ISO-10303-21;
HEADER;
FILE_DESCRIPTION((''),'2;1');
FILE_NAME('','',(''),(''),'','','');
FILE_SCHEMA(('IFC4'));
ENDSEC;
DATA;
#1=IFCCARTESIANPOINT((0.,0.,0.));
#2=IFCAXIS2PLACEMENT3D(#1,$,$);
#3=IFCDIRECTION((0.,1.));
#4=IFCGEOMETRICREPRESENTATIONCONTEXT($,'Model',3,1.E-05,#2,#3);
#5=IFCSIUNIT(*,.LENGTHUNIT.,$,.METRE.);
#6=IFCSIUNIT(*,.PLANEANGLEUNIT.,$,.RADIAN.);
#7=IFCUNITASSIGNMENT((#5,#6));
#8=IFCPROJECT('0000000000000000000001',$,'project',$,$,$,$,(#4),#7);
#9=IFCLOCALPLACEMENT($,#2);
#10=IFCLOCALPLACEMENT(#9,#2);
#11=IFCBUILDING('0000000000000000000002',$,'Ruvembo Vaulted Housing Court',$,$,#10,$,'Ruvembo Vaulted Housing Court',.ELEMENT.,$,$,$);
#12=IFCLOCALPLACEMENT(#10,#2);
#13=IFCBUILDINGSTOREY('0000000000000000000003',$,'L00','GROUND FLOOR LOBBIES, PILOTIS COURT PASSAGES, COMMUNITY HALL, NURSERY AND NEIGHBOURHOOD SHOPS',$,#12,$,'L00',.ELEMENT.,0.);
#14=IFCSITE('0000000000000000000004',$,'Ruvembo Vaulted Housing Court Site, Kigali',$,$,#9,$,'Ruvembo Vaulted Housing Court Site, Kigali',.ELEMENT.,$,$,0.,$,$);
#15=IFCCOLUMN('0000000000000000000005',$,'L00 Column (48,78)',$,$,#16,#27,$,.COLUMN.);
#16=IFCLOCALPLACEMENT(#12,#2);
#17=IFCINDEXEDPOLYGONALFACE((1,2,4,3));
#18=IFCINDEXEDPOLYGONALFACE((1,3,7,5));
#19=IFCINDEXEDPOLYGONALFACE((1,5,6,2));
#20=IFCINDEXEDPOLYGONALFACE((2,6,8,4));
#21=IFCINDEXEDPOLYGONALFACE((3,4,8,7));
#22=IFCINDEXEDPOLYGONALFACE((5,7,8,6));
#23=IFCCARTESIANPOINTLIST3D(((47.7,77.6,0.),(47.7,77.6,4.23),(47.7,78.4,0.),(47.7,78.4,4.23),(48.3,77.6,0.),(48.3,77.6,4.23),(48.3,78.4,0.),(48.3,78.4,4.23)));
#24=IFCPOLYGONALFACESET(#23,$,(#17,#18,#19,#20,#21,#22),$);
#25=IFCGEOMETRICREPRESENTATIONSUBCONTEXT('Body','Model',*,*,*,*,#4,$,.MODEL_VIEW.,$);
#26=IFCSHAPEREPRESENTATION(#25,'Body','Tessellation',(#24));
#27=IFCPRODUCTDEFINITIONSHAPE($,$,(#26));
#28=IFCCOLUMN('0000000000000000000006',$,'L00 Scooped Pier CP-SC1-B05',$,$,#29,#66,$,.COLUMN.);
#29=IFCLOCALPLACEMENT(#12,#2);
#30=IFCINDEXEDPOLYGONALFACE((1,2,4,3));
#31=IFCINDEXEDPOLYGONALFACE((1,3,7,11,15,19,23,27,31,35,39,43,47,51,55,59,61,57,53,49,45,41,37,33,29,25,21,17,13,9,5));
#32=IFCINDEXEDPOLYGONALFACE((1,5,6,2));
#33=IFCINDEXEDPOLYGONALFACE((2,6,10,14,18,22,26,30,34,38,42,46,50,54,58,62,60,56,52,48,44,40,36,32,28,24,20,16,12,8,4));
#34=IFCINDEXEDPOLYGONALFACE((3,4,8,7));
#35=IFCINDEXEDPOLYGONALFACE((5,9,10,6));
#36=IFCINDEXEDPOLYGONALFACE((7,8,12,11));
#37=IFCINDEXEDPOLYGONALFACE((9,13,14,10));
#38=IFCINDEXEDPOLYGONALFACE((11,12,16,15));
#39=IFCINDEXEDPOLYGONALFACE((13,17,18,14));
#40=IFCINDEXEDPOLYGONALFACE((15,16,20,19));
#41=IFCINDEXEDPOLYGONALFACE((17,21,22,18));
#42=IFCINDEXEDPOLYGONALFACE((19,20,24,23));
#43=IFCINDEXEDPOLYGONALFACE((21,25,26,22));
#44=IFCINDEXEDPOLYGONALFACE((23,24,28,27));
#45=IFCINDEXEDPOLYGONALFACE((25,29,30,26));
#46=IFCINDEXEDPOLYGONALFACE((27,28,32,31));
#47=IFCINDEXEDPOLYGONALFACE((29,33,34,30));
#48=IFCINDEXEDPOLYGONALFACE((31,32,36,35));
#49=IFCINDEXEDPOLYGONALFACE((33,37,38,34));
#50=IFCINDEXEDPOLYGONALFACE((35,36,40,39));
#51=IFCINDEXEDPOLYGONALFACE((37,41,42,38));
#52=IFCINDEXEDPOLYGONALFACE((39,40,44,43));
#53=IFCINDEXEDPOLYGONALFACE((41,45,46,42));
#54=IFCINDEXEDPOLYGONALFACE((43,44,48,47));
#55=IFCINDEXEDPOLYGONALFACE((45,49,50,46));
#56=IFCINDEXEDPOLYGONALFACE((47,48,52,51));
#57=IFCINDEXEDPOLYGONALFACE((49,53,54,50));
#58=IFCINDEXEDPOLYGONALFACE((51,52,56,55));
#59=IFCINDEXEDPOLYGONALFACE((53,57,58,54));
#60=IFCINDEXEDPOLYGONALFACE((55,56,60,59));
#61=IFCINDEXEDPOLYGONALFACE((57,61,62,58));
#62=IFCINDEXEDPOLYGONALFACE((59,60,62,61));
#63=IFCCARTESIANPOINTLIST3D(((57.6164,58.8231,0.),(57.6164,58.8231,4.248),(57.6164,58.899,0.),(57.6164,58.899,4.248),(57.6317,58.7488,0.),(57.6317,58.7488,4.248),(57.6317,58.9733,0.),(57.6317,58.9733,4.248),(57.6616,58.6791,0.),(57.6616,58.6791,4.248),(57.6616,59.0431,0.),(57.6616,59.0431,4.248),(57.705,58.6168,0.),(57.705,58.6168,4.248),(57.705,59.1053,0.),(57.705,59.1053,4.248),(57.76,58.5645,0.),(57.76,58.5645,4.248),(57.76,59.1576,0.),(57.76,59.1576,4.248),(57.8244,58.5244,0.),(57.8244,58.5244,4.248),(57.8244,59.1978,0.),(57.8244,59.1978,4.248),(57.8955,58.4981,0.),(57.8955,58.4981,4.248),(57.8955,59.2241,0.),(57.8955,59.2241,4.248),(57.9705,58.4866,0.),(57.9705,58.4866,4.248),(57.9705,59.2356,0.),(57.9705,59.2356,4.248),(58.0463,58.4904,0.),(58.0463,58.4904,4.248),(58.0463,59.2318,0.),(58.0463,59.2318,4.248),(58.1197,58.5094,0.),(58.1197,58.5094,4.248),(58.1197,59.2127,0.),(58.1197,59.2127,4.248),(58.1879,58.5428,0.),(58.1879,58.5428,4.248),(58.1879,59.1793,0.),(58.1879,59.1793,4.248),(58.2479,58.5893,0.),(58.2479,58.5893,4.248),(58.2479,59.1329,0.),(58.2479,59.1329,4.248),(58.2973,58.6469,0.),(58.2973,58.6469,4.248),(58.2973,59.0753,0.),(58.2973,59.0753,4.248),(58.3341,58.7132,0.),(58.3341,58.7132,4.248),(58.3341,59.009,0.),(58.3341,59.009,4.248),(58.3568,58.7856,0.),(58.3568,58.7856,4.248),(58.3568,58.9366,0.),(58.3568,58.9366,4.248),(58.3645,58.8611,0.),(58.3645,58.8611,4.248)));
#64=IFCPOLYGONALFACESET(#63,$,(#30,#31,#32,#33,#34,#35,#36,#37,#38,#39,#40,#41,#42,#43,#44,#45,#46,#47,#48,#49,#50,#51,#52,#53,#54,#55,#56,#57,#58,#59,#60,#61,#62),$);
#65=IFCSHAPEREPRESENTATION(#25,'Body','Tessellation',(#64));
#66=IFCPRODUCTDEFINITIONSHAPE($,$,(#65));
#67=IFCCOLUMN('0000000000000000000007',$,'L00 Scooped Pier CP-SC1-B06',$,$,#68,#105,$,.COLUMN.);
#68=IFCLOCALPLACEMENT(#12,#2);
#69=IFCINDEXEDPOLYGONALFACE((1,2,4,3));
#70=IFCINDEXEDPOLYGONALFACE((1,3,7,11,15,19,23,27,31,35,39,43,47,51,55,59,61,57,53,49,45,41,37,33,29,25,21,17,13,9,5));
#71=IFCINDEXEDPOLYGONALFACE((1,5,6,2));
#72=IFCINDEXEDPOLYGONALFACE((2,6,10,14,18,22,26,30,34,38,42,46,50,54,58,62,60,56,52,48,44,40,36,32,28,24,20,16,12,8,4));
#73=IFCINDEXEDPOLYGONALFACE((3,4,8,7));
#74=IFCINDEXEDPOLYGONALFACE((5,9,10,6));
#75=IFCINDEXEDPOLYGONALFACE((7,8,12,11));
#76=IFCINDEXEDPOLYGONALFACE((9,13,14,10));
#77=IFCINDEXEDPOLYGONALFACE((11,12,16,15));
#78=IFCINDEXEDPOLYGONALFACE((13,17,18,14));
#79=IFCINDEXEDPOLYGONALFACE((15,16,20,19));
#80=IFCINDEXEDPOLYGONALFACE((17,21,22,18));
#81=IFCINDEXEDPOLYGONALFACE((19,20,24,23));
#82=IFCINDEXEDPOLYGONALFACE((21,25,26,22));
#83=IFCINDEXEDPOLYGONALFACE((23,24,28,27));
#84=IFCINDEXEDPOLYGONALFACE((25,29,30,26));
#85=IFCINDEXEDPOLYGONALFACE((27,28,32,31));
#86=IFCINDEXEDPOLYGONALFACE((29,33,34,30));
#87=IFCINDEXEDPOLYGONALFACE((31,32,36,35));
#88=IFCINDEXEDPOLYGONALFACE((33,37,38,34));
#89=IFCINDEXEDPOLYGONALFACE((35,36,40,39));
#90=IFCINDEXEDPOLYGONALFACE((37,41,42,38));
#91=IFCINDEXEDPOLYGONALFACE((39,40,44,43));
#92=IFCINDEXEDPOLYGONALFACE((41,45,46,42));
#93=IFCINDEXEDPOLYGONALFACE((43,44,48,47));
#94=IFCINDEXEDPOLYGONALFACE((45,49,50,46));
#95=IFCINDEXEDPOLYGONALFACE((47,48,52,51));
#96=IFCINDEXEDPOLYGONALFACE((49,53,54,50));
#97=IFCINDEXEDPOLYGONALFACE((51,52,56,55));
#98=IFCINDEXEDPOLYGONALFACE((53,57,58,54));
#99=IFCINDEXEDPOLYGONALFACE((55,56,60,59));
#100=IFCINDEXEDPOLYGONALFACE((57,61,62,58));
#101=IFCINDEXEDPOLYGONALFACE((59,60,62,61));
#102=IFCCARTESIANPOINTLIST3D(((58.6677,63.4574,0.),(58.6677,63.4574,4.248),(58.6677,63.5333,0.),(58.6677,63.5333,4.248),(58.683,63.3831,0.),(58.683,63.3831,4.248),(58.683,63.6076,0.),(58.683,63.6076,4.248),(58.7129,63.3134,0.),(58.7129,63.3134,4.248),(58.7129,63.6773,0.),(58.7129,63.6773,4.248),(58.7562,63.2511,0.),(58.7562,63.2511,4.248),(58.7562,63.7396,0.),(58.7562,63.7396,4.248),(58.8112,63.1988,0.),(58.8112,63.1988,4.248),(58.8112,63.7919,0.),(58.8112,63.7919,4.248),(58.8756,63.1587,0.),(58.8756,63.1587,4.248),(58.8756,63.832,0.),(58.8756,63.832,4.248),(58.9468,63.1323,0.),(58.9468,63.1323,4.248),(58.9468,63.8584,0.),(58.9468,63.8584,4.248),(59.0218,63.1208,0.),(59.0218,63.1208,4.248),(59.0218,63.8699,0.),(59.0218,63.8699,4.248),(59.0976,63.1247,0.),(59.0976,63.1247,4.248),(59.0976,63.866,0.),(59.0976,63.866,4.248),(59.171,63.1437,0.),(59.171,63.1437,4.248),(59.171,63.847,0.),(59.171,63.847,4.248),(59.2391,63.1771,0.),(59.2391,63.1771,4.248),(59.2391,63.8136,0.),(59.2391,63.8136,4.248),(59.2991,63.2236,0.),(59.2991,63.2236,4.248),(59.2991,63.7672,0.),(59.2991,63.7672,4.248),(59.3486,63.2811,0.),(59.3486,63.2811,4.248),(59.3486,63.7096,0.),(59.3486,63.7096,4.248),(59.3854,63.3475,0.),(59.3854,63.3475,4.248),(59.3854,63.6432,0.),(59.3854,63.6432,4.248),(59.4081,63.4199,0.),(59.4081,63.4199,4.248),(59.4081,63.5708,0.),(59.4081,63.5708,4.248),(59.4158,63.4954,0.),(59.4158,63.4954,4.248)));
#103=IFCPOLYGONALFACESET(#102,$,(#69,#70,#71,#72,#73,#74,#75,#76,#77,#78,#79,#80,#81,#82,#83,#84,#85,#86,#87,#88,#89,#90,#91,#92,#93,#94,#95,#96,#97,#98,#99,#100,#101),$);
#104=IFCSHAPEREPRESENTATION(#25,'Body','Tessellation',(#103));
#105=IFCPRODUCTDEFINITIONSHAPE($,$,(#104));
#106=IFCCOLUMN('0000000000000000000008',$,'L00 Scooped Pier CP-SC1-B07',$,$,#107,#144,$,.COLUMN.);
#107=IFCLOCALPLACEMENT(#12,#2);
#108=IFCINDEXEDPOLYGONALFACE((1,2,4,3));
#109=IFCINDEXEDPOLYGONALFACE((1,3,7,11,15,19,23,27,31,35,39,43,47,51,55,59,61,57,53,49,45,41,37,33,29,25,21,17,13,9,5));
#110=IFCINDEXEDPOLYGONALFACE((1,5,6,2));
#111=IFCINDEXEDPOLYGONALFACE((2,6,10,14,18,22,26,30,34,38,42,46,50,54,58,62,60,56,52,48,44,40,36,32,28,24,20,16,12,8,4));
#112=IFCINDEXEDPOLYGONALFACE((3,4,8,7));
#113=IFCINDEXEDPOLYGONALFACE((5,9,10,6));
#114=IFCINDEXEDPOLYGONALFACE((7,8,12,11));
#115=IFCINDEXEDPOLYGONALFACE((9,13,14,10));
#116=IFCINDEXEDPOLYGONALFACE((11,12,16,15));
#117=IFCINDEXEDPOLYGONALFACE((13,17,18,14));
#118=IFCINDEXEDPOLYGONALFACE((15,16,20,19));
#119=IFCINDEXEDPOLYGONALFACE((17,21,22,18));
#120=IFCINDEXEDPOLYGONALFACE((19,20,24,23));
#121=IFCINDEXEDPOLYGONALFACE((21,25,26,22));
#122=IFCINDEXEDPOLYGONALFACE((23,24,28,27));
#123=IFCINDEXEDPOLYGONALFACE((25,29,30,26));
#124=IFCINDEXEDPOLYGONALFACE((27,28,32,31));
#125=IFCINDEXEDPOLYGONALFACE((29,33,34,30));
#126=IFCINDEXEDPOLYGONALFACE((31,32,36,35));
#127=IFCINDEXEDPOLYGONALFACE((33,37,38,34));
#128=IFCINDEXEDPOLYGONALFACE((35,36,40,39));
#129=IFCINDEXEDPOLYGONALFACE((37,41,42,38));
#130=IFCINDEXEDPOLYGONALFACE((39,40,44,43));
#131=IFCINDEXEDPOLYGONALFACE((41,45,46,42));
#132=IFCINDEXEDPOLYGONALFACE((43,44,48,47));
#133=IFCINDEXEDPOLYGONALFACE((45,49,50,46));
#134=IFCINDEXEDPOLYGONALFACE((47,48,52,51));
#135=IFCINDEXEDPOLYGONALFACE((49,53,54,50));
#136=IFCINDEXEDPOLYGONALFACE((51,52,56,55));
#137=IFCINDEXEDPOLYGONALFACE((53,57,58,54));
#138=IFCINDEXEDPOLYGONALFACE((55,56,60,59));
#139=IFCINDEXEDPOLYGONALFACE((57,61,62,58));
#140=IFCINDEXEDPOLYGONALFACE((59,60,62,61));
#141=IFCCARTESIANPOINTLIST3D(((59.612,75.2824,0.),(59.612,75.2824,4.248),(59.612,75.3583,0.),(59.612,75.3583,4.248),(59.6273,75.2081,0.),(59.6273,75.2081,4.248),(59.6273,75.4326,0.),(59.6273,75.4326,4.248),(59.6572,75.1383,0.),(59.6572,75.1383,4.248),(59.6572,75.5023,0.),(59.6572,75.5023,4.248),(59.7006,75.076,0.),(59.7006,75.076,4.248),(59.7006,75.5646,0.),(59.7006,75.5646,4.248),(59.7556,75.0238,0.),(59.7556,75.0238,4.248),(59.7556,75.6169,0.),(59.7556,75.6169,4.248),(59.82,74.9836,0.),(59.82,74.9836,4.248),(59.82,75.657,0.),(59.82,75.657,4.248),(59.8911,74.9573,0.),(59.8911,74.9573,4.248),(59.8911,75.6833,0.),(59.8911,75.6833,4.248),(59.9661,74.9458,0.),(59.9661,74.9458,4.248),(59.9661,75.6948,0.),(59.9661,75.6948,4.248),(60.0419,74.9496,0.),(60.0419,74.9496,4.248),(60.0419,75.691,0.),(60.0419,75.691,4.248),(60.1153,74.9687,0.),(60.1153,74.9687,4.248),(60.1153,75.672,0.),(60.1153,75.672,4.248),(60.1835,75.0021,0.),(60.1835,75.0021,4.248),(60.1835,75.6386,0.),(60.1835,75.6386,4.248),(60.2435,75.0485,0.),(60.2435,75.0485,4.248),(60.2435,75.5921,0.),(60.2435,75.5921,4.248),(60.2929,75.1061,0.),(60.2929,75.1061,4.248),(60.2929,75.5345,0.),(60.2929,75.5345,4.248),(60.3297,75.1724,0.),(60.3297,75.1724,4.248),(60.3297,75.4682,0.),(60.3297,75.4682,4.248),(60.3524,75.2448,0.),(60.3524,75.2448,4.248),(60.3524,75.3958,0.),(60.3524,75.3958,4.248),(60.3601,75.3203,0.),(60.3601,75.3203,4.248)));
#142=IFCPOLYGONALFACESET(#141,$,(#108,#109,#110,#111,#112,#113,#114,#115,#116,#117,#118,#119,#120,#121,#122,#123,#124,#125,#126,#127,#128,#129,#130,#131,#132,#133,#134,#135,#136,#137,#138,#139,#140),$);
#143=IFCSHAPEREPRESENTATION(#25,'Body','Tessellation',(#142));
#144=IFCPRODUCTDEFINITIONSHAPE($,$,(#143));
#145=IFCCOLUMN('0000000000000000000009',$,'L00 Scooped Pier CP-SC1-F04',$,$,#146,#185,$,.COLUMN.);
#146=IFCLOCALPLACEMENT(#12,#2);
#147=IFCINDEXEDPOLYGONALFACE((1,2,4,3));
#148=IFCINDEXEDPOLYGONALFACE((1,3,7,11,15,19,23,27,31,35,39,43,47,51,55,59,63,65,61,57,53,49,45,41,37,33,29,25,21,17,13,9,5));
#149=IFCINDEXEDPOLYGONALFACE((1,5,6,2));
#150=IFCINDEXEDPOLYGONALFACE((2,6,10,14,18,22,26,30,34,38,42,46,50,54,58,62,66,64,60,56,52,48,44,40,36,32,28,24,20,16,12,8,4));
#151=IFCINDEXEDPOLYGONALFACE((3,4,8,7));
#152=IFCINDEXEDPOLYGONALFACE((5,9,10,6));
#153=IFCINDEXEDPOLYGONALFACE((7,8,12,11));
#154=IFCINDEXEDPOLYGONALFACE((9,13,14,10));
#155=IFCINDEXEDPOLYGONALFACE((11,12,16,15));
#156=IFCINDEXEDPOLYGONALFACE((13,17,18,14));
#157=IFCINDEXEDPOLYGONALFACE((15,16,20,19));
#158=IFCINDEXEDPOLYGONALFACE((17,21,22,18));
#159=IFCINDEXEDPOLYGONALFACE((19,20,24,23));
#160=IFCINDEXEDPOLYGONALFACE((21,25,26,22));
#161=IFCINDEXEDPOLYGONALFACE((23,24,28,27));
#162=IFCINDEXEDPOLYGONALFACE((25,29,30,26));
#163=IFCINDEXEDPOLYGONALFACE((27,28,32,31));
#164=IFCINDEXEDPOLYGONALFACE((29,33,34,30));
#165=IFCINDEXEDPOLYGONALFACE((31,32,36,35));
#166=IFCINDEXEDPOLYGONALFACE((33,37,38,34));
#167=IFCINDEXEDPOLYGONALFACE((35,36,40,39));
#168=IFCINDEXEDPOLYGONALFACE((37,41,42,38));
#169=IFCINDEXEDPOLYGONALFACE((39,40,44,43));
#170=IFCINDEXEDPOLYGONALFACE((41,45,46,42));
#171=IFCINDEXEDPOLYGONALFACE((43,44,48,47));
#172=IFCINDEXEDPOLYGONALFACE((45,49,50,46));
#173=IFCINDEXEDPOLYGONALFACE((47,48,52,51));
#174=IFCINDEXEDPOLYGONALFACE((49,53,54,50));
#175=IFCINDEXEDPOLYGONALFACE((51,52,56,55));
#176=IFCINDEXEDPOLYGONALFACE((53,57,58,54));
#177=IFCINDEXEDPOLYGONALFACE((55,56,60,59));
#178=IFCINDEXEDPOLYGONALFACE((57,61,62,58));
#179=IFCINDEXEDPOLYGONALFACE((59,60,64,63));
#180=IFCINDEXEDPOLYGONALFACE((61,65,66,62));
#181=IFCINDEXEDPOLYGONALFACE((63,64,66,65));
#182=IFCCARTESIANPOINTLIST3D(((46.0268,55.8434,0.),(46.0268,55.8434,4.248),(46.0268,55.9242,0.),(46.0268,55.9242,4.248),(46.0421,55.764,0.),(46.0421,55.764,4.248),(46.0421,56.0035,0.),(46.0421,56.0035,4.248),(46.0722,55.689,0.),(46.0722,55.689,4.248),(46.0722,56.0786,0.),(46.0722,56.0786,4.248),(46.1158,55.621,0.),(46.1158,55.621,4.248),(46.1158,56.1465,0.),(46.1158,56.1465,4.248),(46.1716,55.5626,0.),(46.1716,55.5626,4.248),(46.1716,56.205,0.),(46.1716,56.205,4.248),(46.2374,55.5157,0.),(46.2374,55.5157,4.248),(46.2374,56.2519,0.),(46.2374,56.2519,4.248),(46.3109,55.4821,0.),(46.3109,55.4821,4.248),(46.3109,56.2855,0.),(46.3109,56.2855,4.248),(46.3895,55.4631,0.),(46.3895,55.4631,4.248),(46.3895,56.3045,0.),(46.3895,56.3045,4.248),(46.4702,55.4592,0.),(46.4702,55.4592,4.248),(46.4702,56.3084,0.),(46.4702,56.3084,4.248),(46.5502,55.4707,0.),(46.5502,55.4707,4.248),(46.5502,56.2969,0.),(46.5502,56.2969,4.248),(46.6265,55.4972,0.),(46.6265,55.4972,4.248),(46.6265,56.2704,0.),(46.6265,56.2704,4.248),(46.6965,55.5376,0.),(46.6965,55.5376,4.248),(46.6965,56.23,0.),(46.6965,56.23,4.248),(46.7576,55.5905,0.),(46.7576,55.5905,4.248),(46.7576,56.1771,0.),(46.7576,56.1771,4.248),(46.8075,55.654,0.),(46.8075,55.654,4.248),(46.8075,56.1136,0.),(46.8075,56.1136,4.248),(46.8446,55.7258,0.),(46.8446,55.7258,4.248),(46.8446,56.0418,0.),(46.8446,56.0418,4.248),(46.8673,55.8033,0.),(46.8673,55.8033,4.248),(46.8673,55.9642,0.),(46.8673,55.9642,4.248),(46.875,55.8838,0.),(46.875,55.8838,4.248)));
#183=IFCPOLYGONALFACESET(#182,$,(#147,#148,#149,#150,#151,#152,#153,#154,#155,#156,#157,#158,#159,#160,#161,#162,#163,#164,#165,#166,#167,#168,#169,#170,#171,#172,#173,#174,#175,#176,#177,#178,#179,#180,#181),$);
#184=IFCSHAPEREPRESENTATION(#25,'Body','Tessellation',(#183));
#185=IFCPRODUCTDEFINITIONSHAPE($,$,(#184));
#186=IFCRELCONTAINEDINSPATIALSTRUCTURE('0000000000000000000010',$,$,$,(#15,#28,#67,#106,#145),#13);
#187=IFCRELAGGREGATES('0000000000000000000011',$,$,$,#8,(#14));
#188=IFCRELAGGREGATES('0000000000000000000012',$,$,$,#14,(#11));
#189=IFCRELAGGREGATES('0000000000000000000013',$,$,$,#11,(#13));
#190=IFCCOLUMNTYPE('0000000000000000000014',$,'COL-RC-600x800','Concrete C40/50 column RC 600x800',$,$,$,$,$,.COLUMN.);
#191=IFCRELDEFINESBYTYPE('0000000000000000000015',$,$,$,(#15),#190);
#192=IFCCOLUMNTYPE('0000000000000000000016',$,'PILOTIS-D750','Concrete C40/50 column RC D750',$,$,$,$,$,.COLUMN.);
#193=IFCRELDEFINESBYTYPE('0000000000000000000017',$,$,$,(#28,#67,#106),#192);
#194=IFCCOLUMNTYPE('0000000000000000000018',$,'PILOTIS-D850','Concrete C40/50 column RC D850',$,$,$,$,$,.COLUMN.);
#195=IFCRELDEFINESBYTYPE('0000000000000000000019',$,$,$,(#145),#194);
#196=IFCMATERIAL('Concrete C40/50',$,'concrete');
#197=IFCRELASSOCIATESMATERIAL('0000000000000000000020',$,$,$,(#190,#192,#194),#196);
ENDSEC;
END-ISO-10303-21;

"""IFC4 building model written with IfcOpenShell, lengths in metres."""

from ifc_helpers import new_model, si_unit, direction, frame, origin, origin_2d, place, context, subcontext, project, spatial, rectangle, circle, extrude, material, material_profile, profile_set, type_object, element, save


model = new_model("IFC4")

# Units and contexts
model_context = context("Model", 3, precision=1e-05, world=origin(), true_north=direction((0.0, 1.0)))
body_context = subcontext(model_context, "Body", "Model", "MODEL_VIEW")
ifc_project = project(units=[si_unit("LENGTHUNIT", "METRE"), si_unit("PLANEANGLEUNIT", "RADIAN")], contexts=[model_context])

# Site, building, storey
site_placement = place(None, origin())
site = spatial("IfcSite", under=ifc_project, at=site_placement, Name="Ruvembo Vaulted Housing Court Site, Kigali", LongName="Ruvembo Vaulted Housing Court Site, Kigali", CompositionType="ELEMENT", RefElevation=0.0)
building_placement = place(site_placement, origin())
building = spatial("IfcBuilding", under=site, at=building_placement, Name="Ruvembo Vaulted Housing Court", LongName="Ruvembo Vaulted Housing Court", CompositionType="ELEMENT")
storey_placement = place(building_placement, origin())
storey = spatial("IfcBuildingStorey", under=building, at=storey_placement, Name="L00", Description="GROUND FLOOR LOBBIES, PILOTIS COURT PASSAGES, COMMUNITY HALL, NURSERY AND NEIGHBOURHOOD SHOPS", LongName="L00", CompositionType="ELEMENT", Elevation=0.0)

# Columns
ifc_material_1 = material(Name="Concrete C40/50", Category="concrete")
ifc_material_profile_1 = material_profile(ifc_material_1, rectangle(XDim=0.6001, YDim=0.8, at=origin_2d()), Name="RC 600x800")
ifc_profile_set_1 = profile_set([ifc_material_profile_1], Name="Concrete C40/50")
column_type_1 = type_object("IfcColumnType", Name="COL-RC-600x800", Description="Concrete C40/50 column RC 600x800", PredefinedType="COLUMN", material=ifc_profile_set_1)
column_placement = place(storey_placement, frame((48.0, 78.0, 0.0), z_axis=(0.0, 0.0, 1.0), x_axis=(1.0, 0.0, 0.0)))
element("IfcColumn", 1, at=column_placement, inside=storey, type_object=column_type_1, Name="L00 Column (48,78)", PredefinedType="COLUMN", context=body_context, shape_type="SweptSolid", body=[
    extrude(rectangle(XDim=0.6001, YDim=0.8, at=origin_2d()), origin(), (0.0, 0.0, 1.0), 4.23),
])
ifc_material_profile_2 = material_profile(ifc_material_1, circle(Radius=0.375, at=origin_2d()), Name="RC D750")
ifc_profile_set_2 = profile_set([ifc_material_profile_2], Name="Concrete C40/50")
column_type_2 = type_object("IfcColumnType", Name="PILOTIS-D750", Description="Concrete C40/50 column RC D750", PredefinedType="COLUMN", material=ifc_profile_set_2)
for number, where, z_axis, x_axis, name in (
    (2, (57.9895, 58.8611, 0.0), (0.0, 0.0, 1.0), (1.0, 0.0, 0.0), "L00 Scooped Pier CP-SC1-B05"),
    (3, (59.0408, 63.4954, 0.0), (0.0, 0.0, 1.0), (1.0, 0.0, 0.0), "L00 Scooped Pier CP-SC1-B06"),
    (4, (59.9851, 75.3203, 0.0), (0.0, 0.0, 1.0), (1.0, 0.0, 0.0), "L00 Scooped Pier CP-SC1-B07"),
):
    element("IfcColumn", number, at=place(storey_placement, frame(where, z_axis=z_axis, x_axis=x_axis)), inside=storey, type_object=column_type_2, Name=name, PredefinedType="COLUMN", context=body_context, shape_type="SweptSolid", body=[
        extrude(circle(Radius=0.375, at=origin_2d()), origin(), (0.0, 0.0, 1.0), 4.248),
    ])
ifc_material_profile_3 = material_profile(ifc_material_1, circle(Radius=0.425, at=origin_2d()), Name="RC D850")
ifc_profile_set_3 = profile_set([ifc_material_profile_3], Name="Concrete C40/50")
column_type_3 = type_object("IfcColumnType", Name="PILOTIS-D850", Description="Concrete C40/50 column RC D850", PredefinedType="COLUMN", material=ifc_profile_set_3)
for number, where, z_axis, x_axis, name in (
    (5, (46.45, 55.8838, 0.0), (0.0, 0.0, 1.0), (1.0, 0.0, 0.0), "L00 Scooped Pier CP-SC1-F04"),
):
    element("IfcColumn", number, at=place(storey_placement, frame(where, z_axis=z_axis, x_axis=x_axis)), inside=storey, type_object=column_type_3, Name=name, PredefinedType="COLUMN", context=body_context, shape_type="SweptSolid", body=[
        extrude(circle(Radius=0.425, at=origin_2d()), origin(), (0.0, 0.0, 1.0), 4.248),
    ])

save(model, "model.ifc")
